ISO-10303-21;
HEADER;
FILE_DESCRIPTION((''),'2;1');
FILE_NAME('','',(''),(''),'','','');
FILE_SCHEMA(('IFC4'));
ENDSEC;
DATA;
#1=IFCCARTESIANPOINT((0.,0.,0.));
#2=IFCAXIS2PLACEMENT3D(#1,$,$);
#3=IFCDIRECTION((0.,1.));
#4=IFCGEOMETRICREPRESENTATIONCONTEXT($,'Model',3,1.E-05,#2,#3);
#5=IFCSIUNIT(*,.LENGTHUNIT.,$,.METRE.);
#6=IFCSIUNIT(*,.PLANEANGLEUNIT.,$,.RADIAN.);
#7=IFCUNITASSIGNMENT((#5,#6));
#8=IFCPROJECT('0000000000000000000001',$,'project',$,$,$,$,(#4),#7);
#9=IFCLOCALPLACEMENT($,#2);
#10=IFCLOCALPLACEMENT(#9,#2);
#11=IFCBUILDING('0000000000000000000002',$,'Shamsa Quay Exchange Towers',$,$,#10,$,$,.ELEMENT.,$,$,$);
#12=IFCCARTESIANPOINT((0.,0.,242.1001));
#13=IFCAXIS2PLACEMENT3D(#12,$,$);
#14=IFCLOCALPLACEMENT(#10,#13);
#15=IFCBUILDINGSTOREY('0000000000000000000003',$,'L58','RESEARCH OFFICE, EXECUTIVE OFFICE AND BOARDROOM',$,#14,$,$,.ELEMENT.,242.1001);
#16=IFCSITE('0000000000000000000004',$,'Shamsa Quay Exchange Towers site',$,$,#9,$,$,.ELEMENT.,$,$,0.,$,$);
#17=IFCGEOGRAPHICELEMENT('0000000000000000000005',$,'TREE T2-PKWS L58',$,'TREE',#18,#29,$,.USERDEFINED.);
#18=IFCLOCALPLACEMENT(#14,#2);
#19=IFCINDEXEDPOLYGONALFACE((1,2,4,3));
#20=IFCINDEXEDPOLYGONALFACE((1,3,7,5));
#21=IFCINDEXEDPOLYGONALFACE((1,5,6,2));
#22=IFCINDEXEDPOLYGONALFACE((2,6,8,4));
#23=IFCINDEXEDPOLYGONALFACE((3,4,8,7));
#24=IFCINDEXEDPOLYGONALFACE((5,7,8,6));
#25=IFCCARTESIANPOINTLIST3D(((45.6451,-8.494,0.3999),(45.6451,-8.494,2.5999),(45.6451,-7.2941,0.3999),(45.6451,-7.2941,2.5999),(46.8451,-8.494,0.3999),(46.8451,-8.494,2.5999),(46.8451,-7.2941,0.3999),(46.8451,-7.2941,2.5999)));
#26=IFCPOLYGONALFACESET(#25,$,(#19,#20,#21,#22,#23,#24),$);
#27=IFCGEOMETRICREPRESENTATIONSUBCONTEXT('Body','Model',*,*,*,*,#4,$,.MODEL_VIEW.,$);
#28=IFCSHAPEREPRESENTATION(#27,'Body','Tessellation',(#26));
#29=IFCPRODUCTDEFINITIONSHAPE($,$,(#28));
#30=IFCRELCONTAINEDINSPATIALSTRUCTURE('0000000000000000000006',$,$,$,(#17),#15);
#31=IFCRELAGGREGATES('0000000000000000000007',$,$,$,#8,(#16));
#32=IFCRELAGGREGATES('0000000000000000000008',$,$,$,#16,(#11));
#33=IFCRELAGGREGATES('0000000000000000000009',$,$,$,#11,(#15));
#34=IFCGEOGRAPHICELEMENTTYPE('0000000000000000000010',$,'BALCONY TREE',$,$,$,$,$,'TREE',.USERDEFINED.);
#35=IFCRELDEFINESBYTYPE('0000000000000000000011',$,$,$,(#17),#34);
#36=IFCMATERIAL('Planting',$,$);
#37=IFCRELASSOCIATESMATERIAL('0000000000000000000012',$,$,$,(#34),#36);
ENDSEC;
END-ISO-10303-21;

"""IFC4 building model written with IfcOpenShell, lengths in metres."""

from ifc_helpers import new_model, si_unit, direction, frame, origin, origin_2d, place, context, subcontext, project, spatial, rectangle, extrude, material, type_object, element, save


model = new_model("IFC4")

# Units and contexts
model_context = context("Model", 3, precision=1e-05, world=origin(), true_north=direction((0.0, 1.0)))
body_context = subcontext(model_context, "Body", "Model", "MODEL_VIEW")
ifc_project = project(units=[si_unit("LENGTHUNIT", "METRE"), si_unit("PLANEANGLEUNIT", "RADIAN")], contexts=[model_context])

# Site, building, storey
site_placement = place(None, origin())
site = spatial("IfcSite", under=ifc_project, at=site_placement, Name="Shamsa Quay Exchange Towers site", CompositionType="ELEMENT", RefElevation=0.0)
building_placement = place(site_placement, origin())
building = spatial("IfcBuilding", under=site, at=building_placement, Name="Shamsa Quay Exchange Towers", CompositionType="ELEMENT")
storey_placement = place(building_placement, frame((0.0, 0.0, 242.1001)))
storey = spatial("IfcBuildingStorey", under=building, at=storey_placement, Name="L58", Description="RESEARCH OFFICE, EXECUTIVE OFFICE AND BOARDROOM", CompositionType="ELEMENT", Elevation=242.1001)

# Geographic element
ifc_material_1 = material(Name="Planting")
geographic_element_type = type_object("IfcGeographicElementType", Name="BALCONY TREE", ElementType="TREE", PredefinedType="USERDEFINED", material=ifc_material_1)
geographic_element_placement = place(storey_placement, frame((46.2451, -7.894, 0.3999), z_axis=(0.0, 0.0, 1.0), x_axis=(0.0, 1.0, 0.0)))
element("IfcGeographicElement", 1, at=geographic_element_placement, inside=storey, type_object=geographic_element_type, Name="TREE T2-PKWS L58", ObjectType="TREE", PredefinedType="USERDEFINED", context=body_context, shape_type="SweptSolid", body=[
    extrude(rectangle(XDim=1.2, YDim=1.2, at=origin_2d()), origin(), (0.0, 0.0, 1.0), 2.2),
])

save(model, "model.ifc")
